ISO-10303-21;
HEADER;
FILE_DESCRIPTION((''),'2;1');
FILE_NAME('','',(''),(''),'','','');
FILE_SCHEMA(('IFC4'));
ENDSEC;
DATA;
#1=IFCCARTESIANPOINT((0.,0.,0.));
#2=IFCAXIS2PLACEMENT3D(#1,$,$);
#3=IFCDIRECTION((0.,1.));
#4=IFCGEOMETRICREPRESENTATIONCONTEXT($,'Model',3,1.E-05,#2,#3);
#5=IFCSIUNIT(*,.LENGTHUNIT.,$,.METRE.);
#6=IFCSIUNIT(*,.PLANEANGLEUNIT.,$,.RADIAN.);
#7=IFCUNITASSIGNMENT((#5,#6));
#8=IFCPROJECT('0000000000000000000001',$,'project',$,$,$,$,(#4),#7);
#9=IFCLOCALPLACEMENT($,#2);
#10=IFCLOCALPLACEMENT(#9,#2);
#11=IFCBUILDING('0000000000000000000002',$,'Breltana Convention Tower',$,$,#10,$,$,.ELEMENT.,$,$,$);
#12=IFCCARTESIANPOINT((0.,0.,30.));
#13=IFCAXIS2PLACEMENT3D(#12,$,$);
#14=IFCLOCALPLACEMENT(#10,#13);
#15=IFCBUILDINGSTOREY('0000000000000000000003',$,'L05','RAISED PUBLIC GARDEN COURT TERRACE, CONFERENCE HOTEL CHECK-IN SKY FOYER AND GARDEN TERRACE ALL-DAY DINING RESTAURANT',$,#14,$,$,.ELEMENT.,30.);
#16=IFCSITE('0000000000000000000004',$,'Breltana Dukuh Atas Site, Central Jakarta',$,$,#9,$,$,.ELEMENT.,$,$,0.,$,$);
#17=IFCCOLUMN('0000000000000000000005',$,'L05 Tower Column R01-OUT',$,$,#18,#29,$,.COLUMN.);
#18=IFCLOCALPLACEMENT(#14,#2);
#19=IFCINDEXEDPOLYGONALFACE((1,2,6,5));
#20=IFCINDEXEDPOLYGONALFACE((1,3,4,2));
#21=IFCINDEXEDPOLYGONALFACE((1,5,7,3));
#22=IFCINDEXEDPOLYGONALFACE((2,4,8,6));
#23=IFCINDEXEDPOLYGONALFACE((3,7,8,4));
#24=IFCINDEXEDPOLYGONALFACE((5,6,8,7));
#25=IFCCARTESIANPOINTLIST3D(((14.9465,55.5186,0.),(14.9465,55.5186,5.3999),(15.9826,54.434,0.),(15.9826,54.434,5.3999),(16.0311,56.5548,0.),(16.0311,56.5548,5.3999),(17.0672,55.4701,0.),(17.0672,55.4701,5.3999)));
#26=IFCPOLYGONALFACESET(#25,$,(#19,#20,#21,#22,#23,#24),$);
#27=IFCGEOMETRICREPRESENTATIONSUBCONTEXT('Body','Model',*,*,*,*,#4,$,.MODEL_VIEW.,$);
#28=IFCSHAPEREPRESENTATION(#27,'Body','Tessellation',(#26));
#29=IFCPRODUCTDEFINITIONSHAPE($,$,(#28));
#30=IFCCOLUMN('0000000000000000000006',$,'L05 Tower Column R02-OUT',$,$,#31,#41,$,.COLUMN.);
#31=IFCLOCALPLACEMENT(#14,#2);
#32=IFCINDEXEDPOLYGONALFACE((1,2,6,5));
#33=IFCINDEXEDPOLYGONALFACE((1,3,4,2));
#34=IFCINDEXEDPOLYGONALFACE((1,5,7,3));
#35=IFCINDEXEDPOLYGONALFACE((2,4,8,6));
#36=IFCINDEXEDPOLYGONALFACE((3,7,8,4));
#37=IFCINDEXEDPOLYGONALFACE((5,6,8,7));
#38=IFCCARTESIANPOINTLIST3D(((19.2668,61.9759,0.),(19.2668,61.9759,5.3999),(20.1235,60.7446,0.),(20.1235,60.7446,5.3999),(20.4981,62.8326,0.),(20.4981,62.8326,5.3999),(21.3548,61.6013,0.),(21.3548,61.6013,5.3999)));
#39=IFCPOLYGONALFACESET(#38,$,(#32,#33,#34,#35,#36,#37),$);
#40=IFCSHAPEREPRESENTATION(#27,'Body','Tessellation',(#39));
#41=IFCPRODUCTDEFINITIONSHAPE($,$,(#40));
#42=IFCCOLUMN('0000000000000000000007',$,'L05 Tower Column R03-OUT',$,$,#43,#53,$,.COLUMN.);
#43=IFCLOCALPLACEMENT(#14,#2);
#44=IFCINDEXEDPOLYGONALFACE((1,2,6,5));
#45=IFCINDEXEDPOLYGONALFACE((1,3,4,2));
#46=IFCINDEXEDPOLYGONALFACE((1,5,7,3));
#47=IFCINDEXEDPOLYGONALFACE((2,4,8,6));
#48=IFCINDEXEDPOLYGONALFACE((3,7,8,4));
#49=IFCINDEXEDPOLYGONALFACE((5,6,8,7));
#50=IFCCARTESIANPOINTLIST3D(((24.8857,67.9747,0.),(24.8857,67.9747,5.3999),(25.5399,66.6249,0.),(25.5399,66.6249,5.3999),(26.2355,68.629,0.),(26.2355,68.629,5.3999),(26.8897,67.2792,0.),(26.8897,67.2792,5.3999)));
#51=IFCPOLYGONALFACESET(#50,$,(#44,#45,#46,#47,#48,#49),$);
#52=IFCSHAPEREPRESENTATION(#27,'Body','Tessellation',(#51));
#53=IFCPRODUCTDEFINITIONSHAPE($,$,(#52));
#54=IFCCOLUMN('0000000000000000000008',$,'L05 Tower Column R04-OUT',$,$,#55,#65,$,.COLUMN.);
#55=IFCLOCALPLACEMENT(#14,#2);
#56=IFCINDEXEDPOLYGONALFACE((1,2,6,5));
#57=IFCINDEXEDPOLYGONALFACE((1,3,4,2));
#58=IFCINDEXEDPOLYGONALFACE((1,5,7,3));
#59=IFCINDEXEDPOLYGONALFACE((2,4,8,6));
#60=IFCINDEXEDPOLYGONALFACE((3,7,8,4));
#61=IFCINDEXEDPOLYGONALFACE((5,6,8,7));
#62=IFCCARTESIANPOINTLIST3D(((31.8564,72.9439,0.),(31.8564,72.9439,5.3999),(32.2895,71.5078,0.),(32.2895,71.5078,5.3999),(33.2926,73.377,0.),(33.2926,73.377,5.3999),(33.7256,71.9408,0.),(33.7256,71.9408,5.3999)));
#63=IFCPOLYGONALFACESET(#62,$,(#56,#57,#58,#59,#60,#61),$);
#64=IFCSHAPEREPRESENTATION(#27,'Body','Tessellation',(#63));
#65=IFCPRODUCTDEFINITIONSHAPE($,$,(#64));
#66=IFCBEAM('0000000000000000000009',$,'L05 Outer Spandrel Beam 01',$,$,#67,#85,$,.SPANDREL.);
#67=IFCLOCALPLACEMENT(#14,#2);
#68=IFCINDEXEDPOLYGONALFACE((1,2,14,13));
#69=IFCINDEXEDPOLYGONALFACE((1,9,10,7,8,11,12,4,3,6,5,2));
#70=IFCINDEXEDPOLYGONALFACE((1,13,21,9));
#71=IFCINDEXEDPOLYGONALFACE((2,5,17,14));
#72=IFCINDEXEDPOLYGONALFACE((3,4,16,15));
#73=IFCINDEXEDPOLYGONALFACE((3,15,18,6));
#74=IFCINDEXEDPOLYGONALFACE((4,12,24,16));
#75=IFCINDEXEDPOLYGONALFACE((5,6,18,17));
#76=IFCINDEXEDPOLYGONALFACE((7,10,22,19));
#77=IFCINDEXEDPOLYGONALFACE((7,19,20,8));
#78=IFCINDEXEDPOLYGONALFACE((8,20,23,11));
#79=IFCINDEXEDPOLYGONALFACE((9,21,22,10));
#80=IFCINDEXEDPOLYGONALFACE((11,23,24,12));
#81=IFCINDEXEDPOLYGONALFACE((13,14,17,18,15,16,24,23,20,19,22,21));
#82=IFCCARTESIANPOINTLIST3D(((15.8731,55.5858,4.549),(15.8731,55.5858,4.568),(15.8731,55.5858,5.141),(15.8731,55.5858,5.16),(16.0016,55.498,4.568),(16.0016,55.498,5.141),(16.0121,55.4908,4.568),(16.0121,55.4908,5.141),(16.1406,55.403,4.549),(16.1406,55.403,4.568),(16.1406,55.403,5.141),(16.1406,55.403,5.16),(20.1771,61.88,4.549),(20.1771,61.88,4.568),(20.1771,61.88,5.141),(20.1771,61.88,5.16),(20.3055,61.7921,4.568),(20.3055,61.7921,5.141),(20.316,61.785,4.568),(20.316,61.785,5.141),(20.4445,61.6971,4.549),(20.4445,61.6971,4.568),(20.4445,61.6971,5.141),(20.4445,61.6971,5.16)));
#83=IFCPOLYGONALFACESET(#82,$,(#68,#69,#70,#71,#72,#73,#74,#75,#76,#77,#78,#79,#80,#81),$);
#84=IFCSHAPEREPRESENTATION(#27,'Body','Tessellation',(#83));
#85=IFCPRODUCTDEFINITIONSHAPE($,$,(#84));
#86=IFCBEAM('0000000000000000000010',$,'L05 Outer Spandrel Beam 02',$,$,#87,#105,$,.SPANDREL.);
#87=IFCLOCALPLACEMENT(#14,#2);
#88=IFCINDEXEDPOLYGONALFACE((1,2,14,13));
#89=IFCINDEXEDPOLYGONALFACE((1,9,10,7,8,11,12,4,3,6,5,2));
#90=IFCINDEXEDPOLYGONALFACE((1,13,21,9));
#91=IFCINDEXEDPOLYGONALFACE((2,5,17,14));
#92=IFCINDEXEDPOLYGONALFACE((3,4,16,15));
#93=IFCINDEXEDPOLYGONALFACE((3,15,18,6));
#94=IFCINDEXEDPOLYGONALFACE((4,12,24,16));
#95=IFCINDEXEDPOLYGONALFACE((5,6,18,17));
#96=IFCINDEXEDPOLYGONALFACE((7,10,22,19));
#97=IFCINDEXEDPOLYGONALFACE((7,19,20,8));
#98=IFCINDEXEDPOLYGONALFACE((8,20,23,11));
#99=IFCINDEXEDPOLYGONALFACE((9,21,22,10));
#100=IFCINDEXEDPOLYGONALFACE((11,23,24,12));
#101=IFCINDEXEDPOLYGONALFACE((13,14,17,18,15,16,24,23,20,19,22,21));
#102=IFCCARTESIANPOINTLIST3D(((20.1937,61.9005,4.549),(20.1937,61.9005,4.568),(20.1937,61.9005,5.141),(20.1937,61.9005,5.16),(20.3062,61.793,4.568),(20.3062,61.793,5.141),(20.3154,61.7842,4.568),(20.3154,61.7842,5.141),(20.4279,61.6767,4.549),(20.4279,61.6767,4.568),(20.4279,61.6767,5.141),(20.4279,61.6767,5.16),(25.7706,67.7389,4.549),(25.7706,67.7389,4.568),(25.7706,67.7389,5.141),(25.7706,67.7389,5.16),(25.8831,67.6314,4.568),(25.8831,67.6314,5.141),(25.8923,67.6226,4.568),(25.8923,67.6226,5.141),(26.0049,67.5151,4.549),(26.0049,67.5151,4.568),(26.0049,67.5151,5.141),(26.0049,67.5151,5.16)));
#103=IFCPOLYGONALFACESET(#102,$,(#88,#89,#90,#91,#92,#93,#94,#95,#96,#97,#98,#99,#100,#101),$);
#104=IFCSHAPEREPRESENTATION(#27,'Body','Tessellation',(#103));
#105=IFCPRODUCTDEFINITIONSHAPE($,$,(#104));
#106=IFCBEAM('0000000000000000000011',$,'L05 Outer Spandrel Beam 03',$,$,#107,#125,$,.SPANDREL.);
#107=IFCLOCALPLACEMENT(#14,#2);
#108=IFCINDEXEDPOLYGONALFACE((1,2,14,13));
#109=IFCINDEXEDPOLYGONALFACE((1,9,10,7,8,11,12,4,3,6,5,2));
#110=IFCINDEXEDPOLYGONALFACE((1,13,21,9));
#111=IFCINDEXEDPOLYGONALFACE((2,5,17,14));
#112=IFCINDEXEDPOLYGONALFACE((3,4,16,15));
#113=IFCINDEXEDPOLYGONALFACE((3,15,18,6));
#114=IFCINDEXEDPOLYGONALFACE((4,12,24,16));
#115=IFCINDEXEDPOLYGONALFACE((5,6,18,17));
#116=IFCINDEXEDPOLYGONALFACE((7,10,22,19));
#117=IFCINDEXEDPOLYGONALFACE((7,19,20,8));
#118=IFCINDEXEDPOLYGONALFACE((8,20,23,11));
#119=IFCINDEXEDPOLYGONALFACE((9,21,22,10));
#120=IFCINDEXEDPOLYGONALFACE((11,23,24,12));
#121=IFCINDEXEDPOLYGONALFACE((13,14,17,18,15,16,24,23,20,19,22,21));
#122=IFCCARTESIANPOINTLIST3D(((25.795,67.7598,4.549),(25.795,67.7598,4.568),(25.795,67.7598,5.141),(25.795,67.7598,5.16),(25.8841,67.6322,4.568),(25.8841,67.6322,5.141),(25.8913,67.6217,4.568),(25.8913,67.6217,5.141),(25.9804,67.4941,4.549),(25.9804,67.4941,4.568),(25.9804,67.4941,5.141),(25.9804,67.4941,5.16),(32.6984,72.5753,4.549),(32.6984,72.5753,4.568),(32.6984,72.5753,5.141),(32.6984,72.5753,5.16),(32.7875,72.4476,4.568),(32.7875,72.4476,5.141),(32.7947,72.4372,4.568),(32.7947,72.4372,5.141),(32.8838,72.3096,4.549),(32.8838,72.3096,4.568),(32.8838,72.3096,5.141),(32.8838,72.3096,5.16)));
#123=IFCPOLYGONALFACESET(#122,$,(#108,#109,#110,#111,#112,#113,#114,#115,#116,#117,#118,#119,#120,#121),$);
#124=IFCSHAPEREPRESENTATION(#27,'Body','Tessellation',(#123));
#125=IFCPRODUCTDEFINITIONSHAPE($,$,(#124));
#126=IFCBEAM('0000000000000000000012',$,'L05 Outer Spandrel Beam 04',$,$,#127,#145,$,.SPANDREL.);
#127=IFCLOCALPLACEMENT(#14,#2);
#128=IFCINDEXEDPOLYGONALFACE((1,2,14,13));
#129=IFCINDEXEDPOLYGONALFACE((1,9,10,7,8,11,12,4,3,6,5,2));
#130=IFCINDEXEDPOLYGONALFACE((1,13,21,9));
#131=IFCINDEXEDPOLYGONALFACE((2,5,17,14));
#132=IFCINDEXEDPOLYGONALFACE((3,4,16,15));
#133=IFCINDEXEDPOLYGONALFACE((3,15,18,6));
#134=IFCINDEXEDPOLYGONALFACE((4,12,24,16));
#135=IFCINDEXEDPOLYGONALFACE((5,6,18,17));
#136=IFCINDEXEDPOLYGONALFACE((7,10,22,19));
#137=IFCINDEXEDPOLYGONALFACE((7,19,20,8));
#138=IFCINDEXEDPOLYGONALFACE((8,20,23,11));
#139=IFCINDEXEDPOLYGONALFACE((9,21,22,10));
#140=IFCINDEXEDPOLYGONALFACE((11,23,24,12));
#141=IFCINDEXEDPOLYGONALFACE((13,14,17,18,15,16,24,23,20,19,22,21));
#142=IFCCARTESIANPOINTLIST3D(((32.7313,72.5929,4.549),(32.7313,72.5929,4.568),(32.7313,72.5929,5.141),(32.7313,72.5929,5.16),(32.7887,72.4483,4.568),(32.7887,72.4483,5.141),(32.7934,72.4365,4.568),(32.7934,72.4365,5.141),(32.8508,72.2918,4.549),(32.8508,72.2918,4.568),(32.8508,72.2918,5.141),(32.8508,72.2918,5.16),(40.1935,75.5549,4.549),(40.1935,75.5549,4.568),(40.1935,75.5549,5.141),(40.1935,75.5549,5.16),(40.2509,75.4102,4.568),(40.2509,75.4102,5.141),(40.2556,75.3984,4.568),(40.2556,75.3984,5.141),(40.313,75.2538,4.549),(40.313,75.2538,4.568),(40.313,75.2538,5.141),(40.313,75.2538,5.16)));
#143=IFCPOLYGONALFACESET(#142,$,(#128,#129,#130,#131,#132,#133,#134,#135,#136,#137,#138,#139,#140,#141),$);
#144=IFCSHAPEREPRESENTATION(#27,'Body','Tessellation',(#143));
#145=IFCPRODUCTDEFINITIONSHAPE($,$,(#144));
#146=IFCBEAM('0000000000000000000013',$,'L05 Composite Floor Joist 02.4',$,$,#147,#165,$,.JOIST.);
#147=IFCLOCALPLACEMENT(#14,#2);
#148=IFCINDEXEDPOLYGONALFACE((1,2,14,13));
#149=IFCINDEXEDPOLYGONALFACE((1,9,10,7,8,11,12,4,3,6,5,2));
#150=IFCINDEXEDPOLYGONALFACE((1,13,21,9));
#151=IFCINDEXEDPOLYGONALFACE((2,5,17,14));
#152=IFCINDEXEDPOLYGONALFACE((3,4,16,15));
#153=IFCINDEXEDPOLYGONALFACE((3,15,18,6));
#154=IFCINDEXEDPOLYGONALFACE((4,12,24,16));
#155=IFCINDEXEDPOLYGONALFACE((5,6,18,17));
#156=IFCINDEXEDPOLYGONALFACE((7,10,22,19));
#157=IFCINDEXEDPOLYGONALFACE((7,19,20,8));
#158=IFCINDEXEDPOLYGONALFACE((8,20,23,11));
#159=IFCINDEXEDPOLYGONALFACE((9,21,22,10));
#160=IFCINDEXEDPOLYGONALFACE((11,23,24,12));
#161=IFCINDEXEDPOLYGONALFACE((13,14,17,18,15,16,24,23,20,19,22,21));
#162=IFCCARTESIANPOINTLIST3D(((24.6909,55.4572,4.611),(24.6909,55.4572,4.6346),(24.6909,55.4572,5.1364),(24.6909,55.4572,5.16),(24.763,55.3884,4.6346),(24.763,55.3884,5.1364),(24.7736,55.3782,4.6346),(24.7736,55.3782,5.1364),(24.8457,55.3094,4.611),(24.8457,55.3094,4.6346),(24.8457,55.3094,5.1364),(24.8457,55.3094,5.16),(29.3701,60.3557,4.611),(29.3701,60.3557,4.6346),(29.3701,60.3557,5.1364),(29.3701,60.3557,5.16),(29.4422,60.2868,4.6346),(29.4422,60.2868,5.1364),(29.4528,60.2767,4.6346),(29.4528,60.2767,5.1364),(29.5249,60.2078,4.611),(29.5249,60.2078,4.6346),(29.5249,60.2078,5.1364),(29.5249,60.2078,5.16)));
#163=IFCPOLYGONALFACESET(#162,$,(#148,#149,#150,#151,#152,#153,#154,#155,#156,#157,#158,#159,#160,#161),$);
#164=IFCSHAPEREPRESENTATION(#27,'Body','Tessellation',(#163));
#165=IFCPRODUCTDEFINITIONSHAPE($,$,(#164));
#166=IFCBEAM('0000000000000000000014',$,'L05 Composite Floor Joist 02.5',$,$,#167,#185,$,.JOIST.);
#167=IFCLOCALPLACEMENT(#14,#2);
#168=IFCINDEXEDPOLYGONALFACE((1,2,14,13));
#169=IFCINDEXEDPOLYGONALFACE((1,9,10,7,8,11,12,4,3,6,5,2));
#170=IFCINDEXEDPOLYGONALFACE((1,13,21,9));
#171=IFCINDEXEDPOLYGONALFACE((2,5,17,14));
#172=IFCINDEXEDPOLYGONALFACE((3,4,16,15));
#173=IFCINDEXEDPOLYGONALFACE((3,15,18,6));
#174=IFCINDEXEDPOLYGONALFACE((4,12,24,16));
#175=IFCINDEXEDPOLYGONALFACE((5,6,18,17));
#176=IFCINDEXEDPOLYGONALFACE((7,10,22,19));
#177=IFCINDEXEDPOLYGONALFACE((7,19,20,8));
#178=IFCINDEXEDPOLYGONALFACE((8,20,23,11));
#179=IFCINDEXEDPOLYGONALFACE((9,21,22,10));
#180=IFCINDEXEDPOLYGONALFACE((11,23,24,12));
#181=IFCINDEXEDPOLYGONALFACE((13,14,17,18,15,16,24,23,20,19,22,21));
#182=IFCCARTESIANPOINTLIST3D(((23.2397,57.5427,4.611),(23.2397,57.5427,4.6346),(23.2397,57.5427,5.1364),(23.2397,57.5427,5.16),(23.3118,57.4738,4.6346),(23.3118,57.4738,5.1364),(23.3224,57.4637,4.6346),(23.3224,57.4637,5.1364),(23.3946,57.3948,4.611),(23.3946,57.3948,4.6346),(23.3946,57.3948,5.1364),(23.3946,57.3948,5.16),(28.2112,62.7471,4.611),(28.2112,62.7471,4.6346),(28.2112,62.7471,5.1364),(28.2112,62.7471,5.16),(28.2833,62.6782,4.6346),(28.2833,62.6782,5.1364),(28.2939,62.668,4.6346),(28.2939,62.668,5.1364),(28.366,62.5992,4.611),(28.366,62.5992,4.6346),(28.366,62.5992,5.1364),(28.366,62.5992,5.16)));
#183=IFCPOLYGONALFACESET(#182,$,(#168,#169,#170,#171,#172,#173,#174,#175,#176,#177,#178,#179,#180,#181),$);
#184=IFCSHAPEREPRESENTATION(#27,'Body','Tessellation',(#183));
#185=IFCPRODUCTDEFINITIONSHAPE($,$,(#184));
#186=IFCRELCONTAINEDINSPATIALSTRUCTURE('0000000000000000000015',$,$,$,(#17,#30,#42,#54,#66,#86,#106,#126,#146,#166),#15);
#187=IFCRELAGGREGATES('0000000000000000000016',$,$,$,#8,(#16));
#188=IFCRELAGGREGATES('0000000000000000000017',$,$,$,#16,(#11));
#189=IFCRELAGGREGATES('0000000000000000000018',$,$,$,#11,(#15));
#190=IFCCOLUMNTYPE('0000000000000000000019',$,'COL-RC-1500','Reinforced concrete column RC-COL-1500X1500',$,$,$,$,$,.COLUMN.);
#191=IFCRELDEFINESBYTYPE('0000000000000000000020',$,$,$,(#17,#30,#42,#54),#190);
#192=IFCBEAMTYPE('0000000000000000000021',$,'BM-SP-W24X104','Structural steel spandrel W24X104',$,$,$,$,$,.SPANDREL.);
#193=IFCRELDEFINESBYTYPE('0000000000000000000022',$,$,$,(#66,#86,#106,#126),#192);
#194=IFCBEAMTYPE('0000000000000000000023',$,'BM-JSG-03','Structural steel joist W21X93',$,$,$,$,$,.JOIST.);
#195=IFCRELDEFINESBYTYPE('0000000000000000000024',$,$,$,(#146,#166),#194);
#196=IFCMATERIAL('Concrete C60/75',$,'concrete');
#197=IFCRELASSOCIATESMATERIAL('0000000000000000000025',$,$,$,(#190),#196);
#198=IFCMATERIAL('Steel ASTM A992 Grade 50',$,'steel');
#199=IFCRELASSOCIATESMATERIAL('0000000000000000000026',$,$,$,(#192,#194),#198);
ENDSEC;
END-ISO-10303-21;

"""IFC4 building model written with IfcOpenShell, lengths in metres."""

from ifc_helpers import new_model, si_unit, direction, frame, origin, origin_2d, place, context, subcontext, project, spatial, rectangle, i_section, extrude, source, transform, mapped, material, material_profile, profile_set, type_object, type_shapes, element, save


model = new_model("IFC4")

# Units and contexts
model_context = context("Model", 3, precision=1e-05, world=origin(), true_north=direction((0.0, 1.0)))
body_context = subcontext(model_context, "Body", "Model", "MODEL_VIEW")
ifc_project = project(units=[si_unit("LENGTHUNIT", "METRE"), si_unit("PLANEANGLEUNIT", "RADIAN")], contexts=[model_context])

# Site, building, storey
site_placement = place(None, origin())
site = spatial("IfcSite", under=ifc_project, at=site_placement, Name="Breltana Dukuh Atas Site, Central Jakarta", CompositionType="ELEMENT", RefElevation=0.0)
building_placement = place(site_placement, origin())
building = spatial("IfcBuilding", under=site, at=building_placement, Name="Breltana Convention Tower", CompositionType="ELEMENT")
storey_placement = place(building_placement, frame((0.0, 0.0, 30.0)))
storey = spatial("IfcBuildingStorey", under=building, at=storey_placement, Name="L05", Description="RAISED PUBLIC GARDEN COURT TERRACE, CONFERENCE HOTEL CHECK-IN SKY FOYER AND GARDEN TERRACE ALL-DAY DINING RESTAURANT", CompositionType="ELEMENT", Elevation=30.0)

# Columns
ifc_material_1 = material(Name="Concrete C60/75", Category="concrete")
ifc_material_profile_1 = material_profile(ifc_material_1, rectangle(XDim=1.5, YDim=1.5, at=origin_2d()), Name="RC-COL-1500X1500")
ifc_profile_set_1 = profile_set([ifc_material_profile_1], Name="Concrete C60/75")
column_type = type_object("IfcColumnType", Name="COL-RC-1500", Description="Reinforced concrete column RC-COL-1500X1500", PredefinedType="COLUMN", material=ifc_profile_set_1)
shared_shape_1 = source(origin(), body_context, "Body", "SweptSolid", [
    extrude(rectangle(XDim=1.5, YDim=1.5, at=origin_2d()), origin(), (0.0, 0.0, 1.0), 5.3999),
])
type_shapes(column_type, [shared_shape_1])
for number, where, z_axis, x_axis, name in (
    (1, (16.0068, 55.4944, 0.0), (0.0, 0.0, 1.0), (-0.690756, 0.723088, 0.0), "L05 Tower Column R01-OUT"),
    (2, (20.3108, 61.7886, 0.0), (0.0, 0.0, 1.0), (-0.571143, 0.82085, 0.0), "L05 Tower Column R02-OUT"),
    (3, (25.8877, 67.627, 0.0), (0.0, 0.0, 1.0), (-0.436174, 0.899863, 0.0), "L05 Tower Column R03-OUT"),
    (4, (32.791, 72.4424, 0.0), (0.0, 0.0, 1.0), (-0.288698, 0.95742, 0.0), "L05 Tower Column R04-OUT"),
):
    element("IfcColumn", number, at=place(storey_placement, frame(where, z_axis=z_axis, x_axis=x_axis)), inside=storey, type_object=column_type, Name=name, PredefinedType="COLUMN", context=body_context, shape_type="MappedRepresentation", body=[
        mapped(shared_shape_1, transform((0.0, 0.0, 0.0), scale=1.0)),
    ])

# Beams
ifc_material_2 = material(Name="Steel ASTM A992 Grade 50", Category="steel")
ifc_material_profile_2 = material_profile(ifc_material_2, i_section(OverallWidth=0.324, OverallDepth=0.6111, WebThickness=0.0127, FlangeThickness=0.019, at=origin_2d()), Name="W24X104")
ifc_profile_set_2 = profile_set([ifc_material_profile_2], Name="Steel ASTM A992 Grade 50")
beam_type_1 = type_object("IfcBeamType", Name="BM-SP-W24X104", Description="Structural steel spandrel W24X104", PredefinedType="SPANDREL", material=ifc_profile_set_2)
shared_shape_2 = source(origin(), body_context, "Body", "SweptSolid", [
    extrude(i_section(OverallWidth=0.324, OverallDepth=0.6111, WebThickness=0.0127, FlangeThickness=0.019, at=origin_2d()), origin(), (0.0, 0.0, 1.0), 7.625),
])
type_shapes(beam_type_1, [shared_shape_2])
beam_1_placement = place(storey_placement, frame((16.0068, 55.4944, 4.8545), z_axis=(0.564452, 0.825466, 0.0), x_axis=(-0.825466, 0.564452, 0.0)))
element("IfcBeam", 5, at=beam_1_placement, inside=storey, type_object=beam_type_1, Name="L05 Outer Spandrel Beam 01", PredefinedType="SPANDREL", context=body_context, shape_type="MappedRepresentation", body=[
    mapped(shared_shape_2, transform((0.0, 0.0, 0.0), scale=1.0)),
])
shared_shape_3 = source(origin(), body_context, "Body", "SweptSolid", [
    extrude(i_section(OverallWidth=0.324, OverallDepth=0.6111, WebThickness=0.0127, FlangeThickness=0.019, at=origin_2d()), origin(), (0.0, 0.0, 1.0), 8.074),
])
beam_2_placement = place(storey_placement, frame((20.3108, 61.7886, 4.8545), z_axis=(0.690729, 0.723114, 0.0), x_axis=(-0.723114, 0.690729, 0.0)))
element("IfcBeam", 6, at=beam_2_placement, inside=storey, type_object=beam_type_1, Name="L05 Outer Spandrel Beam 02", PredefinedType="SPANDREL", context=body_context, shape_type="MappedRepresentation", body=[
    mapped(shared_shape_3, transform((0.0, 0.0, 0.0), scale=1.0)),
])
shared_shape_4 = source(origin(), body_context, "Body", "SweptSolid", [
    extrude(i_section(OverallWidth=0.324, OverallDepth=0.6111, WebThickness=0.0127, FlangeThickness=0.019, at=origin_2d()), origin(), (0.0, 0.0, 1.0), 8.417),
])
beam_3_placement = place(storey_placement, frame((25.8877, 67.627, 4.8545), z_axis=(0.820174, 0.572114, 0.0), x_axis=(-0.572114, 0.820174, 0.0)))
element("IfcBeam", 7, at=beam_3_placement, inside=storey, type_object=beam_type_1, Name="L05 Outer Spandrel Beam 03", PredefinedType="SPANDREL", context=body_context, shape_type="MappedRepresentation", body=[
    mapped(shared_shape_4, transform((0.0, 0.0, 0.0), scale=1.0)),
])
shared_shape_5 = source(origin(), body_context, "Body", "SweptSolid", [
    extrude(i_section(OverallWidth=0.324, OverallDepth=0.6111, WebThickness=0.0127, FlangeThickness=0.019, at=origin_2d()), origin(), (0.0, 0.0, 1.0), 8.0286),
])
beam_4_placement = place(storey_placement, frame((32.791, 72.4424, 4.8545), z_axis=(0.929459, 0.368925, 0.0), x_axis=(-0.368925, 0.929459, 0.0)))
element("IfcBeam", 8, at=beam_4_placement, inside=storey, type_object=beam_type_1, Name="L05 Outer Spandrel Beam 04", PredefinedType="SPANDREL", context=body_context, shape_type="MappedRepresentation", body=[
    mapped(shared_shape_5, transform((0.0, 0.0, 0.0), scale=1.0)),
])
ifc_material_profile_3 = material_profile(ifc_material_2, i_section(OverallWidth=0.2141, OverallDepth=0.5491, WebThickness=0.0146, FlangeThickness=0.0237, at=origin_2d()), Name="W21X93")
ifc_profile_set_3 = profile_set([ifc_material_profile_3], Name="Steel ASTM A992 Grade 50")
beam_type_2 = type_object("IfcBeamType", Name="BM-JSG-03", Description="Structural steel joist W21X93", PredefinedType="JOIST", material=ifc_profile_set_3)
shared_shape_6 = source(origin(), body_context, "Body", "SweptSolid", [
    extrude(i_section(OverallWidth=0.2141, OverallDepth=0.5491, WebThickness=0.0146, FlangeThickness=0.0237, at=origin_2d()), origin(), (0.0, 0.0, 1.0), 6.7742),
])
beam_5_placement = place(storey_placement, frame((24.7683, 55.3833, 4.8855), z_axis=(0.69074, 0.723103, 0.0), x_axis=(-0.723103, 0.69074, 0.0)))
element("IfcBeam", 9, at=beam_5_placement, inside=storey, type_object=beam_type_2, Name="L05 Composite Floor Joist 02.4", PredefinedType="JOIST", context=body_context, shape_type="MappedRepresentation", body=[
    mapped(shared_shape_6, transform((0.0, 0.0, 0.0), scale=1.0)),
])
shared_shape_7 = source(origin(), body_context, "Body", "SweptSolid", [
    extrude(i_section(OverallWidth=0.2141, OverallDepth=0.5491, WebThickness=0.0146, FlangeThickness=0.0237, at=origin_2d()), origin(), (0.0, 0.0, 1.0), 7.1973),
])
beam_6_placement = place(storey_placement, frame((23.3171, 57.4688, 4.8855), z_axis=(0.690741, 0.723102, 0.0), x_axis=(-0.723102, 0.690741, 0.0)))
element("IfcBeam", 10, at=beam_6_placement, inside=storey, type_object=beam_type_2, Name="L05 Composite Floor Joist 02.5", PredefinedType="JOIST", context=body_context, shape_type="MappedRepresentation", body=[
    mapped(shared_shape_7, transform((0.0, 0.0, 0.0), scale=1.0)),
])

save(model, "model.ifc")
